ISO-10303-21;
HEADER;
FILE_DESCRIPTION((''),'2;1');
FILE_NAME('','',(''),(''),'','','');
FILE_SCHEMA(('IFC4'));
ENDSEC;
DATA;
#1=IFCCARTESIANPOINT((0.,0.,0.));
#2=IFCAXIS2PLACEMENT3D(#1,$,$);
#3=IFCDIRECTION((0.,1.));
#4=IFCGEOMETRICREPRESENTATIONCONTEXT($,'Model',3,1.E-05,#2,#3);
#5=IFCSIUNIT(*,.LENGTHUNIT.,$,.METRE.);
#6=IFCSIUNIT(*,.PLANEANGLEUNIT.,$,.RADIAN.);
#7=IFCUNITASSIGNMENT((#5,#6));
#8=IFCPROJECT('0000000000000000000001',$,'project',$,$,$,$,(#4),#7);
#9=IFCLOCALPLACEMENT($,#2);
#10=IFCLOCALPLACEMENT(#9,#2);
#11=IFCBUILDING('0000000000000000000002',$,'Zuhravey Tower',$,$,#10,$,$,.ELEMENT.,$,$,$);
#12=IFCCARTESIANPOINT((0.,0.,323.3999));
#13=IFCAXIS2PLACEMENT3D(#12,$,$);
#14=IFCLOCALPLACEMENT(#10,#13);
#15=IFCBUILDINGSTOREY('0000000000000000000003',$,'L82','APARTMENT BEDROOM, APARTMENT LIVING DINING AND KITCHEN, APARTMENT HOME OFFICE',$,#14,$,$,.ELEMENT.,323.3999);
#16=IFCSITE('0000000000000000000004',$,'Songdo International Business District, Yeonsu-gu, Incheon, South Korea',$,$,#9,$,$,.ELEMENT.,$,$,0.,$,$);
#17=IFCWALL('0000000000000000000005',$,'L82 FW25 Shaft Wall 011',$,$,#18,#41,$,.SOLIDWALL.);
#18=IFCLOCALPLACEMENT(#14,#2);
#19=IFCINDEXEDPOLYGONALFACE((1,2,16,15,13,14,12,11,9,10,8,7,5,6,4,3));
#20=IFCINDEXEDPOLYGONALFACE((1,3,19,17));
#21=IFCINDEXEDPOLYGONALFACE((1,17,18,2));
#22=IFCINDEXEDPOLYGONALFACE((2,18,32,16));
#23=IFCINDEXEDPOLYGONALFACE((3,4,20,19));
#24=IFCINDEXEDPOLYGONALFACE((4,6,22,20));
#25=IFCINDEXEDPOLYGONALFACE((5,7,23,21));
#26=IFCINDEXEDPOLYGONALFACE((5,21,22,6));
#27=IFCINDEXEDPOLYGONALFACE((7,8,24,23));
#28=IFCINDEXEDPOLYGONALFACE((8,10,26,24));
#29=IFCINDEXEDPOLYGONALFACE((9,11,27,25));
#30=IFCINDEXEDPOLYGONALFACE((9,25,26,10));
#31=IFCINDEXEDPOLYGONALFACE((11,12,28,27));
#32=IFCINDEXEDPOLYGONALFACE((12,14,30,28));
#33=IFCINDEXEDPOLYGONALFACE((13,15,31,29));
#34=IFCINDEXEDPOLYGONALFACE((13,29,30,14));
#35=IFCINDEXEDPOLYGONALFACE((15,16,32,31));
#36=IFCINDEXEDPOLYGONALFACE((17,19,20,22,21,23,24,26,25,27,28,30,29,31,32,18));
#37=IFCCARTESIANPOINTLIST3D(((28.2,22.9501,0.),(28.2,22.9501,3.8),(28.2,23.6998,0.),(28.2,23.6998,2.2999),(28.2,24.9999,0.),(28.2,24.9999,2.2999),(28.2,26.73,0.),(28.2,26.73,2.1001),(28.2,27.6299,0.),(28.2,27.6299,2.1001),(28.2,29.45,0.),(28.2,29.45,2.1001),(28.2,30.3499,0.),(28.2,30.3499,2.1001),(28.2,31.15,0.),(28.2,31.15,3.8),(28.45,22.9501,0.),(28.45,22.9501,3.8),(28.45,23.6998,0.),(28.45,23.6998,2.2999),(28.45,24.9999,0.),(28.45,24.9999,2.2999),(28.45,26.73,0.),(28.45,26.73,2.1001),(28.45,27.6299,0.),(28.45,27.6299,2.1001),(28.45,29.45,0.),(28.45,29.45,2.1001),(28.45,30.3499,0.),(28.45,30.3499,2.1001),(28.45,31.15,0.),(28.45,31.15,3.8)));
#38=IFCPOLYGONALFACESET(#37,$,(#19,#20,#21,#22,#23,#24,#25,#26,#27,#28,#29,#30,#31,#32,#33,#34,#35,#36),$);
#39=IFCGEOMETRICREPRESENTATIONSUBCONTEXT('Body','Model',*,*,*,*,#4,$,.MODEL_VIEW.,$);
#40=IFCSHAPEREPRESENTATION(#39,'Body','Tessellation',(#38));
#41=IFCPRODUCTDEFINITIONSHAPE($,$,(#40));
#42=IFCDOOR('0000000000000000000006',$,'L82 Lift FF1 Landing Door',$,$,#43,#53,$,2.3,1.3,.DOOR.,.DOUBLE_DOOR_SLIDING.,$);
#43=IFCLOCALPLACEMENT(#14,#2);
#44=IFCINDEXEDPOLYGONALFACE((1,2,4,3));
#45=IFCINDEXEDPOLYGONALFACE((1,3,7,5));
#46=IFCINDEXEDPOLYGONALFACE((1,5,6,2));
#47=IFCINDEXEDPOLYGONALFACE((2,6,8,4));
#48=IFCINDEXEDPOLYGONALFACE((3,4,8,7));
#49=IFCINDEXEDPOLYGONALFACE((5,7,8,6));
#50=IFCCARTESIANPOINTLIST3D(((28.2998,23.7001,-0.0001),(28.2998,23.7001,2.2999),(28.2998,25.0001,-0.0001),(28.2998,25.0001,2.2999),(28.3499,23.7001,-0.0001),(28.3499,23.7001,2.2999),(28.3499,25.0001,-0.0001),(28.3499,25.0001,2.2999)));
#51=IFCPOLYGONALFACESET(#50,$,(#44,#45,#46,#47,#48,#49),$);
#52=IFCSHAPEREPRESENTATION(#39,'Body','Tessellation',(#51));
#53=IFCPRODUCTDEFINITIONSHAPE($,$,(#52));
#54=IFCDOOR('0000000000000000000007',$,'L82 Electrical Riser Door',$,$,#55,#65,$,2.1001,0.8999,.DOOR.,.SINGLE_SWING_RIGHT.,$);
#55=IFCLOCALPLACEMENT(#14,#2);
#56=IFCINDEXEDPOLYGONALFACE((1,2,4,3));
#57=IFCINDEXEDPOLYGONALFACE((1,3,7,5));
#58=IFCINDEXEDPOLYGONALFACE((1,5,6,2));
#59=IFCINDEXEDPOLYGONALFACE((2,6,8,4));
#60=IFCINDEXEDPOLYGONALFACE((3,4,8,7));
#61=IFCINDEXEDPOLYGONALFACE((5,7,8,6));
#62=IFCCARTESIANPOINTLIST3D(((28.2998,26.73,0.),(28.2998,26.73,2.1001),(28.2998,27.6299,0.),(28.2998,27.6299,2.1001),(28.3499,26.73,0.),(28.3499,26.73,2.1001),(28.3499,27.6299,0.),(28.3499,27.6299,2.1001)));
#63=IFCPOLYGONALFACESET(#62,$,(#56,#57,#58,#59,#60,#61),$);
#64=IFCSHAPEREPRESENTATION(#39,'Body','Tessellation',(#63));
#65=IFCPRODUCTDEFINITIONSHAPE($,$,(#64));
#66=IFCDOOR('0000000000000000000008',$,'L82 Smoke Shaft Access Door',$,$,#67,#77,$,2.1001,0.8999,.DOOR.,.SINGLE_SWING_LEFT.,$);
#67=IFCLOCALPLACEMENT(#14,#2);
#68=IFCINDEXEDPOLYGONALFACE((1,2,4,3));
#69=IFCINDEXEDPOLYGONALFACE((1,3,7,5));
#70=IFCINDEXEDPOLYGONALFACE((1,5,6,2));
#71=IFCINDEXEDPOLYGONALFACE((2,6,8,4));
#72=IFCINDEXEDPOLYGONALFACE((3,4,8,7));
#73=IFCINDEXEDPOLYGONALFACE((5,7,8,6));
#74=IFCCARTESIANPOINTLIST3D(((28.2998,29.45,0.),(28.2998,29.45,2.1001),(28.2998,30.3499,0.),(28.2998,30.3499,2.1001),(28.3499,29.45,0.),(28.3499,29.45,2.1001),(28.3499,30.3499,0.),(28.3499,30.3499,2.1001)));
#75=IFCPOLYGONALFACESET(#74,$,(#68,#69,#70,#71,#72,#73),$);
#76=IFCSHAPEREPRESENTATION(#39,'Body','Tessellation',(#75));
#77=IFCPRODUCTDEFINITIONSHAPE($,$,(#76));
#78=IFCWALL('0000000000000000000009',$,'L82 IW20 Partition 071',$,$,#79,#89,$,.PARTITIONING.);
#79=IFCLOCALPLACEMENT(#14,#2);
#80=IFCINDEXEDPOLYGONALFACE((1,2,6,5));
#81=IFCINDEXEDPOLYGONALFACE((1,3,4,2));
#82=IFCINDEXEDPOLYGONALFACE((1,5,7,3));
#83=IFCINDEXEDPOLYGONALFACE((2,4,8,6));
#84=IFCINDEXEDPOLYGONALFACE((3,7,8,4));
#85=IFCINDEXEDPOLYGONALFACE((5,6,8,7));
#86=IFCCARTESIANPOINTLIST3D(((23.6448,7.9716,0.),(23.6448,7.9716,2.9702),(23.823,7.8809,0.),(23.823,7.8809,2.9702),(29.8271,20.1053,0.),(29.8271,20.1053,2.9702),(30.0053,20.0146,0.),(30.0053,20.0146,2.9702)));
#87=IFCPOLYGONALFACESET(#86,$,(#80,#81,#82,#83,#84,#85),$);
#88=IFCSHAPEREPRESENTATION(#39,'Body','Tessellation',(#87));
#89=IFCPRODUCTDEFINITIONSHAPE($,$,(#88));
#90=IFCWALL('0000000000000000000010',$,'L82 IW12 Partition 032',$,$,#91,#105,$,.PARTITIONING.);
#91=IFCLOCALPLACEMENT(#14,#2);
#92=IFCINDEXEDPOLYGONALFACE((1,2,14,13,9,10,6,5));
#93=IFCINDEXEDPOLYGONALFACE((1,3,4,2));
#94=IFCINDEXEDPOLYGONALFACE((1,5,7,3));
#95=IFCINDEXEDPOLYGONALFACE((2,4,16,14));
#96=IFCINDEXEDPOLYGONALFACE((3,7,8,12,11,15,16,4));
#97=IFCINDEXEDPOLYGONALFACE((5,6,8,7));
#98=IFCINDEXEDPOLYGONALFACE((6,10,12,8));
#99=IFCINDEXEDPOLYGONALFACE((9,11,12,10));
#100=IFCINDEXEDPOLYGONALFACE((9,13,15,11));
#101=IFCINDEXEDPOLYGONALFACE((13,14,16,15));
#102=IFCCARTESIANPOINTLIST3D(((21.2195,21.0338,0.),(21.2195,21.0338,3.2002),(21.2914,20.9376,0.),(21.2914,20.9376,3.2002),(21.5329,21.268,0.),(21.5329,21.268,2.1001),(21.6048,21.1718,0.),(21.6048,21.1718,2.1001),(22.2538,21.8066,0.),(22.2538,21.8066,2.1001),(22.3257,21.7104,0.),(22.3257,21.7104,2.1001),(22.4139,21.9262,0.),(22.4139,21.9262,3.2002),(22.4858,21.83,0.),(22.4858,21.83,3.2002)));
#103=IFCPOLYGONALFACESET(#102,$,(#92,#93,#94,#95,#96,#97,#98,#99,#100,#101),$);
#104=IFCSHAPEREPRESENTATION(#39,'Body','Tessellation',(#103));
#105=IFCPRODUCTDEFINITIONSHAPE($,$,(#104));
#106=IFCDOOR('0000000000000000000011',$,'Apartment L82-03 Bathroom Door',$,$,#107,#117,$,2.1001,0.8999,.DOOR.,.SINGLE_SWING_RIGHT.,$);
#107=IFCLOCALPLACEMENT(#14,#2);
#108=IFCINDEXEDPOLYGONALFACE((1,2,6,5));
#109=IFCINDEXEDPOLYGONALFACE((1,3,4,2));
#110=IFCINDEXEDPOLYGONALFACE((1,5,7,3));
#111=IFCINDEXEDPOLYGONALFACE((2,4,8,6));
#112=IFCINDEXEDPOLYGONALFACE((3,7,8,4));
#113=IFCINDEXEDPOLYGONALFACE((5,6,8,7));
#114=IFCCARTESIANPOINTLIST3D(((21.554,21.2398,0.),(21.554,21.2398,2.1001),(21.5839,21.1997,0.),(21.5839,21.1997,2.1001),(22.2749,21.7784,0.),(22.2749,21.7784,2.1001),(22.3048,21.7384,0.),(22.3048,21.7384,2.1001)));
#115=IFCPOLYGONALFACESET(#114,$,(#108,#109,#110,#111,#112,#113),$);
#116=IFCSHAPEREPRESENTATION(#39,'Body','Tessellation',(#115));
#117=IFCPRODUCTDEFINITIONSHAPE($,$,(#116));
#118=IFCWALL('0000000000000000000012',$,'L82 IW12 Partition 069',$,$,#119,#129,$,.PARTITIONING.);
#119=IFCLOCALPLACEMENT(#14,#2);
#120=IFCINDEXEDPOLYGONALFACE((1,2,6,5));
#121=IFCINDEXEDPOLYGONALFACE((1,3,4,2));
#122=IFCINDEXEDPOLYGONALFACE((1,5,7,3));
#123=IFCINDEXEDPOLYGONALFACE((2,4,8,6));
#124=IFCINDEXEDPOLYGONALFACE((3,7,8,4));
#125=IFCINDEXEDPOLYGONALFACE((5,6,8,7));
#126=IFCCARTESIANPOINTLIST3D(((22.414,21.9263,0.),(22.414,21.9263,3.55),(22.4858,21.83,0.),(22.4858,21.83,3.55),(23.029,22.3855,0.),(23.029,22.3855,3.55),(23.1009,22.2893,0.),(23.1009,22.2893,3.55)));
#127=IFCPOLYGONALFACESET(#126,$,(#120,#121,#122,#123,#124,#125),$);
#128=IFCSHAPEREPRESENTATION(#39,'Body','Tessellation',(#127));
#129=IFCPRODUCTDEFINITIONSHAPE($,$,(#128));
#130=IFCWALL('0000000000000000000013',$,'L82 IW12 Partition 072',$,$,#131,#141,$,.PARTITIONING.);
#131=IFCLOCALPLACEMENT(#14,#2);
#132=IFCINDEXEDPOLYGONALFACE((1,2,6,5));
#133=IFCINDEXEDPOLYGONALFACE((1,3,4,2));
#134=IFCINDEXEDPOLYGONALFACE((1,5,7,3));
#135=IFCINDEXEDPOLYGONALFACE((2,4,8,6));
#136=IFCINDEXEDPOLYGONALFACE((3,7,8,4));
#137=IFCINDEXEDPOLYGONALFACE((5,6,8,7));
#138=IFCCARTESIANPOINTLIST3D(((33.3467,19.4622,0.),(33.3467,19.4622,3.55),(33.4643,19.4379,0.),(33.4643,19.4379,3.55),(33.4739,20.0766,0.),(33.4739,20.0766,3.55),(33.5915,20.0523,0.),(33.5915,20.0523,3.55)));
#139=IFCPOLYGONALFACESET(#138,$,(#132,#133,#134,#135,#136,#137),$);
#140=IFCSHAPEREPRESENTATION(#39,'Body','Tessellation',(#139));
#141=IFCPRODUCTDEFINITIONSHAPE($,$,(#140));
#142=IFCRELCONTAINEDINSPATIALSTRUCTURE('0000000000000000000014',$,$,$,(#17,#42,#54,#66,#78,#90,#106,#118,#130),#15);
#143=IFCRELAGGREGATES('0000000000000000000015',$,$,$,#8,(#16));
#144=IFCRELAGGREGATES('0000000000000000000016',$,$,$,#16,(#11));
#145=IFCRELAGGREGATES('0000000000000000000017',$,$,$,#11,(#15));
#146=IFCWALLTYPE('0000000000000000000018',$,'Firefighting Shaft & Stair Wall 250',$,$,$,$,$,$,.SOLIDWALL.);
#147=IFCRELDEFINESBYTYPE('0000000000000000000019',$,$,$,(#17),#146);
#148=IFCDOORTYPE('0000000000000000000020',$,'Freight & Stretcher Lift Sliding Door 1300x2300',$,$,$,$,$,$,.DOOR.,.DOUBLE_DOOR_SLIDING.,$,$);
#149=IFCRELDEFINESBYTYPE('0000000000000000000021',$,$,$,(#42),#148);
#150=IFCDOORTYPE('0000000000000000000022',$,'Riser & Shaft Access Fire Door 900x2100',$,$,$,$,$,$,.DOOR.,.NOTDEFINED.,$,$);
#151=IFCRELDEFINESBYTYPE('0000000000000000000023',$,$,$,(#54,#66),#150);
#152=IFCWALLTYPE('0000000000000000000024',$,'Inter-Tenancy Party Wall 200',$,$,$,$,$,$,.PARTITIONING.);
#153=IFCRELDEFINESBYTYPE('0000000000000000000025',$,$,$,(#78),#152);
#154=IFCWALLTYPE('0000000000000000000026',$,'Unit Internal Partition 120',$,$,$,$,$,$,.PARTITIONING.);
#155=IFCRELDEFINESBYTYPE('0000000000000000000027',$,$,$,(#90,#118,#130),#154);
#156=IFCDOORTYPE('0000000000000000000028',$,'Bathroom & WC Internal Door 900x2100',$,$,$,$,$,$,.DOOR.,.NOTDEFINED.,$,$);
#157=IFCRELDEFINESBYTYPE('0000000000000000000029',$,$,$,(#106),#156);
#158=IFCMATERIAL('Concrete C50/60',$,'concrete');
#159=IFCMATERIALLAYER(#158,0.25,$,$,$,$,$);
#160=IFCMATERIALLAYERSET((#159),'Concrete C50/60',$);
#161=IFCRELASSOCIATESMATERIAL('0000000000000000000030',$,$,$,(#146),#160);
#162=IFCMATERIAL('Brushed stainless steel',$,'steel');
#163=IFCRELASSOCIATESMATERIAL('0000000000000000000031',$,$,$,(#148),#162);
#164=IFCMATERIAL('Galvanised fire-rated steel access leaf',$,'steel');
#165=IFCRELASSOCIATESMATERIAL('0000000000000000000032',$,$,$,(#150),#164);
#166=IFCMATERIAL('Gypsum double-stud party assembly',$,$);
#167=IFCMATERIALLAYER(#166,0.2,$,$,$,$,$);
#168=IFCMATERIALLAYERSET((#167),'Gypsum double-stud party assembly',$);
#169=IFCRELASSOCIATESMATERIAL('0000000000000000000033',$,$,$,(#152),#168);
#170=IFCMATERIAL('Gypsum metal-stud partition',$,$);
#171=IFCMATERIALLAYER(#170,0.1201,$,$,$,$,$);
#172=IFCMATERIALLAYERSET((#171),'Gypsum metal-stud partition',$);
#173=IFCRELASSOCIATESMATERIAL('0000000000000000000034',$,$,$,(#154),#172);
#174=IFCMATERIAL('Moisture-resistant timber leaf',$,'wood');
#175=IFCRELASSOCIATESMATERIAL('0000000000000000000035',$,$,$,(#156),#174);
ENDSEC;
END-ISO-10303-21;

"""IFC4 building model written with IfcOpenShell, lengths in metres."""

from ifc_helpers import new_model, si_unit, direction, frame, frame_2d, origin, place, context, subcontext, project, spatial, rectangle, extrude, material, layer, layer_set, type_object, element, fill, save


model = new_model("IFC4")

# Units and contexts
model_context = context("Model", 3, precision=1e-05, world=origin(), true_north=direction((0.0, 1.0)))
body_context = subcontext(model_context, "Body", "Model", "MODEL_VIEW")
ifc_project = project(units=[si_unit("LENGTHUNIT", "METRE"), si_unit("PLANEANGLEUNIT", "RADIAN")], contexts=[model_context])

# Site, building, storey
site_placement = place(None, origin())
site = spatial("IfcSite", under=ifc_project, at=site_placement, Name="Songdo International Business District, Yeonsu-gu, Incheon, South Korea", CompositionType="ELEMENT", RefElevation=0.0)
building_placement = place(site_placement, origin())
building = spatial("IfcBuilding", under=site, at=building_placement, Name="Zuhravey Tower", CompositionType="ELEMENT")
storey_placement = place(building_placement, frame((0.0, 0.0, 323.3999)))
storey = spatial("IfcBuildingStorey", under=building, at=storey_placement, Name="L82", Description="APARTMENT BEDROOM, APARTMENT LIVING DINING AND KITCHEN, APARTMENT HOME OFFICE", CompositionType="ELEMENT", Elevation=323.3999)

# Shared definitions
ifc_material_1 = material(Name="Concrete C50/60", Category="concrete")

# Wall, openings, doors
ifc_layer_1 = layer(ifc_material_1, 0.25)
ifc_layer_set_1 = layer_set([ifc_layer_1], Name="Concrete C50/60")
wall_type_1 = type_object("IfcWallType", Name="Firefighting Shaft & Stair Wall 250", PredefinedType="SOLIDWALL", material=ifc_layer_set_1)
wall_1_placement = place(storey_placement, frame((28.325, 22.95, 0.0), z_axis=(0.0, 0.0, 1.0), x_axis=(0.0, 1.0, 0.0)))
wall_1 = element("IfcWall", 1, at=wall_1_placement, inside=storey, type_object=wall_type_1, Name="L82 FW25 Shaft Wall 011", PredefinedType="SOLIDWALL", context=body_context, shape_type="SweptSolid", body=[
    extrude(rectangle(XDim=8.2, YDim=0.25, at=frame_2d((4.1001, 0.0))), origin(), (0.0, 0.0, 1.0), 3.8),
])
opening_1_placement = place(wall_1_placement, frame((0.75, 0.0, 0.0)))
opening_1 = element("IfcOpeningElement", 2, at=opening_1_placement, cuts=wall_1, PredefinedType="OPENING", context=body_context, shape_type="SweptSolid", body=[
    extrude(rectangle(XDim=1.3, YDim=2.3, at=frame_2d((0.6499, 1.1499))), frame((0.0, 0.137, 0.0), z_axis=(0.0, -1.0, 0.0), x_axis=(1.0, 0.0, 0.0)), (0.0, 0.0, 1.0), 0.2739),
])
opening_2_placement = place(wall_1_placement, frame((3.78, 0.0, 0.0)))
opening_2 = element("IfcOpeningElement", 3, at=opening_2_placement, cuts=wall_1, PredefinedType="OPENING", context=body_context, shape_type="SweptSolid", body=[
    extrude(rectangle(XDim=0.8999, YDim=2.1001, at=frame_2d((0.45, 1.05))), frame((0.0, 0.137, 0.0), z_axis=(0.0, -1.0, 0.0), x_axis=(1.0, 0.0, 0.0)), (0.0, 0.0, 1.0), 0.2739),
])
opening_3_placement = place(wall_1_placement, frame((6.5, 0.0, 0.0)))
opening_3 = element("IfcOpeningElement", 4, at=opening_3_placement, cuts=wall_1, PredefinedType="OPENING", context=body_context, shape_type="SweptSolid", body=[
    extrude(rectangle(XDim=0.8999, YDim=2.1001, at=frame_2d((0.45, 1.05))), frame((0.0, 0.137, 0.0), z_axis=(0.0, -1.0, 0.0), x_axis=(1.0, 0.0, 0.0)), (0.0, 0.0, 1.0), 0.2739),
])
ifc_material_2 = material(Name="Brushed stainless steel", Category="steel")
door_type_1 = type_object("IfcDoorType", Name="Freight & Stretcher Lift Sliding Door 1300x2300", OperationType="DOUBLE_DOOR_SLIDING", PredefinedType="DOOR", material=ifc_material_2)
door_1_placement = place(opening_1_placement, frame((1.3, 0.0, 0.0), z_axis=(0.0, 0.0, 1.0), x_axis=(-1.0, 0.0, 0.0)))
door_1 = element("IfcDoor", 5, at=door_1_placement, inside=storey, type_object=door_type_1, Name="L82 Lift FF1 Landing Door", OperationType="DOUBLE_DOOR_SLIDING", OverallHeight=2.3, OverallWidth=1.3, PredefinedType="DOOR", context=body_context, shape_type="SweptSolid", body=[
    extrude(rectangle(XDim=1.3, YDim=2.3, at=frame_2d((0.6499, 1.1499))), frame((0.0, 0.0249, 0.0), z_axis=(0.0, -1.0, 0.0), x_axis=(1.0, 0.0, 0.0)), (0.0, 0.0, 1.0), 0.05),
])
fill(opening_1, door_1)
ifc_material_3 = material(Name="Galvanised fire-rated steel access leaf", Category="steel")
door_type_2 = type_object("IfcDoorType", Name="Riser & Shaft Access Fire Door 900x2100", OperationType="NOTDEFINED", PredefinedType="DOOR", material=ifc_material_3)
door_2_placement = place(opening_2_placement, frame((0.8999, 0.0, 0.0), z_axis=(0.0, 0.0, 1.0), x_axis=(-1.0, 0.0, 0.0)))
door_2 = element("IfcDoor", 6, at=door_2_placement, inside=storey, type_object=door_type_2, Name="L82 Electrical Riser Door", OperationType="SINGLE_SWING_RIGHT", OverallHeight=2.1001, OverallWidth=0.8999, PredefinedType="DOOR", context=body_context, shape_type="SweptSolid", body=[
    extrude(rectangle(XDim=0.8999, YDim=2.1001, at=frame_2d((0.45, 1.05))), frame((0.0, 0.0249, 0.0), z_axis=(0.0, -1.0, 0.0), x_axis=(1.0, 0.0, 0.0)), (0.0, 0.0, 1.0), 0.05),
])
fill(opening_2, door_2)
door_3_placement = place(opening_3_placement, frame((0.8999, 0.0, 0.0), z_axis=(0.0, 0.0, 1.0), x_axis=(-1.0, 0.0, 0.0)))
door_3 = element("IfcDoor", 7, at=door_3_placement, inside=storey, type_object=door_type_2, Name="L82 Smoke Shaft Access Door", OperationType="SINGLE_SWING_LEFT", OverallHeight=2.1001, OverallWidth=0.8999, PredefinedType="DOOR", context=body_context, shape_type="SweptSolid", body=[
    extrude(rectangle(XDim=0.8999, YDim=2.1001, at=frame_2d((0.45, 1.05))), frame((0.0, 0.0249, 0.0), z_axis=(0.0, -1.0, 0.0), x_axis=(1.0, 0.0, 0.0)), (0.0, 0.0, 1.0), 0.05),
])
fill(opening_3, door_3)

# Wall
ifc_material_4 = material(Name="Gypsum double-stud party assembly")
ifc_layer_2 = layer(ifc_material_4, 0.2)
ifc_layer_set_2 = layer_set([ifc_layer_2], Name="Gypsum double-stud party assembly")
wall_type_2 = type_object("IfcWallType", Name="Inter-Tenancy Party Wall 200", PredefinedType="PARTITIONING", material=ifc_layer_set_2)
wall_2_placement = place(storey_placement, frame((29.9163, 20.0601, 0.0), z_axis=(0.0, 0.0, 1.0), x_axis=(-0.453985, -0.89101, 0.0)))
element("IfcWall", 8, at=wall_2_placement, inside=storey, type_object=wall_type_2, Name="L82 IW20 Partition 071", PredefinedType="PARTITIONING", context=body_context, shape_type="SweptSolid", body=[
    extrude(rectangle(XDim=13.6179, YDim=0.2, at=frame_2d((6.8091, 0.0))), origin(), (0.0, 0.0, 1.0), 2.9702),
])

# Wall, opening, door
ifc_material_5 = material(Name="Gypsum metal-stud partition")
ifc_layer_3 = layer(ifc_material_5, 0.1201)
ifc_layer_set_3 = layer_set([ifc_layer_3], Name="Gypsum metal-stud partition")
wall_type_3 = type_object("IfcWallType", Name="Unit Internal Partition 120", PredefinedType="PARTITIONING", material=ifc_layer_set_3)
wall_3_placement = place(storey_placement, frame((22.45, 21.8782, 0.0), z_axis=(0.0, 0.0, 1.0), x_axis=(-0.801099, -0.598532, 0.0)))
wall_3 = element("IfcWall", 9, at=wall_3_placement, inside=storey, type_object=wall_type_3, Name="L82 IW12 Partition 032", PredefinedType="PARTITIONING", context=body_context, shape_type="SweptSolid", body=[
    extrude(rectangle(XDim=1.491, YDim=0.1201, at=frame_2d((0.7456, 0.0))), origin(), (0.0, 0.0, 1.0), 3.2002),
])
opening_4_placement = place(wall_3_placement, frame((0.2, 0.0, 0.0)))
opening_4 = element("IfcOpeningElement", 10, at=opening_4_placement, cuts=wall_3, PredefinedType="OPENING", context=body_context, shape_type="SweptSolid", body=[
    extrude(rectangle(XDim=0.8999, YDim=2.1001, at=frame_2d((0.45, 1.05))), frame((0.0, 0.072, 0.0), z_axis=(0.0, -1.0, 0.0), x_axis=(1.0, 0.0, 0.0)), (0.0, 0.0, 1.0), 0.144),
])
ifc_material_6 = material(Name="Moisture-resistant timber leaf", Category="wood")
door_type_3 = type_object("IfcDoorType", Name="Bathroom & WC Internal Door 900x2100", OperationType="NOTDEFINED", PredefinedType="DOOR", material=ifc_material_6)
door_4_placement = place(opening_4_placement, frame((0.8999, 0.0, 0.0), z_axis=(0.0, 0.0, 1.0), x_axis=(-1.0, 0.0, 0.0)))
door_4 = element("IfcDoor", 11, at=door_4_placement, inside=storey, type_object=door_type_3, Name="Apartment L82-03 Bathroom Door", OperationType="SINGLE_SWING_RIGHT", OverallHeight=2.1001, OverallWidth=0.8999, PredefinedType="DOOR", context=body_context, shape_type="SweptSolid", body=[
    extrude(rectangle(XDim=0.8999, YDim=2.1001, at=frame_2d((0.45, 1.05))), frame((0.0, 0.0249, 0.0), z_axis=(0.0, -1.0, 0.0), x_axis=(1.0, 0.0, 0.0)), (0.0, 0.0, 1.0), 0.05),
])
fill(opening_4, door_4)

# Walls
wall_4_placement = place(storey_placement, frame((23.0649, 22.3374, 0.0), z_axis=(0.0, 0.0, 1.0), x_axis=(-0.801258, -0.598319, 0.0)))
element("IfcWall", 12, at=wall_4_placement, inside=storey, type_object=wall_type_3, Name="L82 IW12 Partition 069", PredefinedType="PARTITIONING", context=body_context, shape_type="SweptSolid", body=[
    extrude(rectangle(XDim=0.7676, YDim=0.1201, at=frame_2d((0.3838, 0.0))), origin(), (0.0, 0.0, 1.0), 3.55),
])
wall_5_placement = place(storey_placement, frame((33.5327, 20.0645, 0.0), z_axis=(0.0, 0.0, 1.0), x_axis=(-0.202696, -0.979242, 0.0)))
element("IfcWall", 13, at=wall_5_placement, inside=storey, type_object=wall_type_3, Name="L82 IW12 Partition 072", PredefinedType="PARTITIONING", context=body_context, shape_type="SweptSolid", body=[
    extrude(rectangle(XDim=0.6274, YDim=0.1201, at=frame_2d((0.3137, 0.0))), origin(), (0.0, 0.0, 1.0), 3.55),
])

save(model, "model.ifc")
